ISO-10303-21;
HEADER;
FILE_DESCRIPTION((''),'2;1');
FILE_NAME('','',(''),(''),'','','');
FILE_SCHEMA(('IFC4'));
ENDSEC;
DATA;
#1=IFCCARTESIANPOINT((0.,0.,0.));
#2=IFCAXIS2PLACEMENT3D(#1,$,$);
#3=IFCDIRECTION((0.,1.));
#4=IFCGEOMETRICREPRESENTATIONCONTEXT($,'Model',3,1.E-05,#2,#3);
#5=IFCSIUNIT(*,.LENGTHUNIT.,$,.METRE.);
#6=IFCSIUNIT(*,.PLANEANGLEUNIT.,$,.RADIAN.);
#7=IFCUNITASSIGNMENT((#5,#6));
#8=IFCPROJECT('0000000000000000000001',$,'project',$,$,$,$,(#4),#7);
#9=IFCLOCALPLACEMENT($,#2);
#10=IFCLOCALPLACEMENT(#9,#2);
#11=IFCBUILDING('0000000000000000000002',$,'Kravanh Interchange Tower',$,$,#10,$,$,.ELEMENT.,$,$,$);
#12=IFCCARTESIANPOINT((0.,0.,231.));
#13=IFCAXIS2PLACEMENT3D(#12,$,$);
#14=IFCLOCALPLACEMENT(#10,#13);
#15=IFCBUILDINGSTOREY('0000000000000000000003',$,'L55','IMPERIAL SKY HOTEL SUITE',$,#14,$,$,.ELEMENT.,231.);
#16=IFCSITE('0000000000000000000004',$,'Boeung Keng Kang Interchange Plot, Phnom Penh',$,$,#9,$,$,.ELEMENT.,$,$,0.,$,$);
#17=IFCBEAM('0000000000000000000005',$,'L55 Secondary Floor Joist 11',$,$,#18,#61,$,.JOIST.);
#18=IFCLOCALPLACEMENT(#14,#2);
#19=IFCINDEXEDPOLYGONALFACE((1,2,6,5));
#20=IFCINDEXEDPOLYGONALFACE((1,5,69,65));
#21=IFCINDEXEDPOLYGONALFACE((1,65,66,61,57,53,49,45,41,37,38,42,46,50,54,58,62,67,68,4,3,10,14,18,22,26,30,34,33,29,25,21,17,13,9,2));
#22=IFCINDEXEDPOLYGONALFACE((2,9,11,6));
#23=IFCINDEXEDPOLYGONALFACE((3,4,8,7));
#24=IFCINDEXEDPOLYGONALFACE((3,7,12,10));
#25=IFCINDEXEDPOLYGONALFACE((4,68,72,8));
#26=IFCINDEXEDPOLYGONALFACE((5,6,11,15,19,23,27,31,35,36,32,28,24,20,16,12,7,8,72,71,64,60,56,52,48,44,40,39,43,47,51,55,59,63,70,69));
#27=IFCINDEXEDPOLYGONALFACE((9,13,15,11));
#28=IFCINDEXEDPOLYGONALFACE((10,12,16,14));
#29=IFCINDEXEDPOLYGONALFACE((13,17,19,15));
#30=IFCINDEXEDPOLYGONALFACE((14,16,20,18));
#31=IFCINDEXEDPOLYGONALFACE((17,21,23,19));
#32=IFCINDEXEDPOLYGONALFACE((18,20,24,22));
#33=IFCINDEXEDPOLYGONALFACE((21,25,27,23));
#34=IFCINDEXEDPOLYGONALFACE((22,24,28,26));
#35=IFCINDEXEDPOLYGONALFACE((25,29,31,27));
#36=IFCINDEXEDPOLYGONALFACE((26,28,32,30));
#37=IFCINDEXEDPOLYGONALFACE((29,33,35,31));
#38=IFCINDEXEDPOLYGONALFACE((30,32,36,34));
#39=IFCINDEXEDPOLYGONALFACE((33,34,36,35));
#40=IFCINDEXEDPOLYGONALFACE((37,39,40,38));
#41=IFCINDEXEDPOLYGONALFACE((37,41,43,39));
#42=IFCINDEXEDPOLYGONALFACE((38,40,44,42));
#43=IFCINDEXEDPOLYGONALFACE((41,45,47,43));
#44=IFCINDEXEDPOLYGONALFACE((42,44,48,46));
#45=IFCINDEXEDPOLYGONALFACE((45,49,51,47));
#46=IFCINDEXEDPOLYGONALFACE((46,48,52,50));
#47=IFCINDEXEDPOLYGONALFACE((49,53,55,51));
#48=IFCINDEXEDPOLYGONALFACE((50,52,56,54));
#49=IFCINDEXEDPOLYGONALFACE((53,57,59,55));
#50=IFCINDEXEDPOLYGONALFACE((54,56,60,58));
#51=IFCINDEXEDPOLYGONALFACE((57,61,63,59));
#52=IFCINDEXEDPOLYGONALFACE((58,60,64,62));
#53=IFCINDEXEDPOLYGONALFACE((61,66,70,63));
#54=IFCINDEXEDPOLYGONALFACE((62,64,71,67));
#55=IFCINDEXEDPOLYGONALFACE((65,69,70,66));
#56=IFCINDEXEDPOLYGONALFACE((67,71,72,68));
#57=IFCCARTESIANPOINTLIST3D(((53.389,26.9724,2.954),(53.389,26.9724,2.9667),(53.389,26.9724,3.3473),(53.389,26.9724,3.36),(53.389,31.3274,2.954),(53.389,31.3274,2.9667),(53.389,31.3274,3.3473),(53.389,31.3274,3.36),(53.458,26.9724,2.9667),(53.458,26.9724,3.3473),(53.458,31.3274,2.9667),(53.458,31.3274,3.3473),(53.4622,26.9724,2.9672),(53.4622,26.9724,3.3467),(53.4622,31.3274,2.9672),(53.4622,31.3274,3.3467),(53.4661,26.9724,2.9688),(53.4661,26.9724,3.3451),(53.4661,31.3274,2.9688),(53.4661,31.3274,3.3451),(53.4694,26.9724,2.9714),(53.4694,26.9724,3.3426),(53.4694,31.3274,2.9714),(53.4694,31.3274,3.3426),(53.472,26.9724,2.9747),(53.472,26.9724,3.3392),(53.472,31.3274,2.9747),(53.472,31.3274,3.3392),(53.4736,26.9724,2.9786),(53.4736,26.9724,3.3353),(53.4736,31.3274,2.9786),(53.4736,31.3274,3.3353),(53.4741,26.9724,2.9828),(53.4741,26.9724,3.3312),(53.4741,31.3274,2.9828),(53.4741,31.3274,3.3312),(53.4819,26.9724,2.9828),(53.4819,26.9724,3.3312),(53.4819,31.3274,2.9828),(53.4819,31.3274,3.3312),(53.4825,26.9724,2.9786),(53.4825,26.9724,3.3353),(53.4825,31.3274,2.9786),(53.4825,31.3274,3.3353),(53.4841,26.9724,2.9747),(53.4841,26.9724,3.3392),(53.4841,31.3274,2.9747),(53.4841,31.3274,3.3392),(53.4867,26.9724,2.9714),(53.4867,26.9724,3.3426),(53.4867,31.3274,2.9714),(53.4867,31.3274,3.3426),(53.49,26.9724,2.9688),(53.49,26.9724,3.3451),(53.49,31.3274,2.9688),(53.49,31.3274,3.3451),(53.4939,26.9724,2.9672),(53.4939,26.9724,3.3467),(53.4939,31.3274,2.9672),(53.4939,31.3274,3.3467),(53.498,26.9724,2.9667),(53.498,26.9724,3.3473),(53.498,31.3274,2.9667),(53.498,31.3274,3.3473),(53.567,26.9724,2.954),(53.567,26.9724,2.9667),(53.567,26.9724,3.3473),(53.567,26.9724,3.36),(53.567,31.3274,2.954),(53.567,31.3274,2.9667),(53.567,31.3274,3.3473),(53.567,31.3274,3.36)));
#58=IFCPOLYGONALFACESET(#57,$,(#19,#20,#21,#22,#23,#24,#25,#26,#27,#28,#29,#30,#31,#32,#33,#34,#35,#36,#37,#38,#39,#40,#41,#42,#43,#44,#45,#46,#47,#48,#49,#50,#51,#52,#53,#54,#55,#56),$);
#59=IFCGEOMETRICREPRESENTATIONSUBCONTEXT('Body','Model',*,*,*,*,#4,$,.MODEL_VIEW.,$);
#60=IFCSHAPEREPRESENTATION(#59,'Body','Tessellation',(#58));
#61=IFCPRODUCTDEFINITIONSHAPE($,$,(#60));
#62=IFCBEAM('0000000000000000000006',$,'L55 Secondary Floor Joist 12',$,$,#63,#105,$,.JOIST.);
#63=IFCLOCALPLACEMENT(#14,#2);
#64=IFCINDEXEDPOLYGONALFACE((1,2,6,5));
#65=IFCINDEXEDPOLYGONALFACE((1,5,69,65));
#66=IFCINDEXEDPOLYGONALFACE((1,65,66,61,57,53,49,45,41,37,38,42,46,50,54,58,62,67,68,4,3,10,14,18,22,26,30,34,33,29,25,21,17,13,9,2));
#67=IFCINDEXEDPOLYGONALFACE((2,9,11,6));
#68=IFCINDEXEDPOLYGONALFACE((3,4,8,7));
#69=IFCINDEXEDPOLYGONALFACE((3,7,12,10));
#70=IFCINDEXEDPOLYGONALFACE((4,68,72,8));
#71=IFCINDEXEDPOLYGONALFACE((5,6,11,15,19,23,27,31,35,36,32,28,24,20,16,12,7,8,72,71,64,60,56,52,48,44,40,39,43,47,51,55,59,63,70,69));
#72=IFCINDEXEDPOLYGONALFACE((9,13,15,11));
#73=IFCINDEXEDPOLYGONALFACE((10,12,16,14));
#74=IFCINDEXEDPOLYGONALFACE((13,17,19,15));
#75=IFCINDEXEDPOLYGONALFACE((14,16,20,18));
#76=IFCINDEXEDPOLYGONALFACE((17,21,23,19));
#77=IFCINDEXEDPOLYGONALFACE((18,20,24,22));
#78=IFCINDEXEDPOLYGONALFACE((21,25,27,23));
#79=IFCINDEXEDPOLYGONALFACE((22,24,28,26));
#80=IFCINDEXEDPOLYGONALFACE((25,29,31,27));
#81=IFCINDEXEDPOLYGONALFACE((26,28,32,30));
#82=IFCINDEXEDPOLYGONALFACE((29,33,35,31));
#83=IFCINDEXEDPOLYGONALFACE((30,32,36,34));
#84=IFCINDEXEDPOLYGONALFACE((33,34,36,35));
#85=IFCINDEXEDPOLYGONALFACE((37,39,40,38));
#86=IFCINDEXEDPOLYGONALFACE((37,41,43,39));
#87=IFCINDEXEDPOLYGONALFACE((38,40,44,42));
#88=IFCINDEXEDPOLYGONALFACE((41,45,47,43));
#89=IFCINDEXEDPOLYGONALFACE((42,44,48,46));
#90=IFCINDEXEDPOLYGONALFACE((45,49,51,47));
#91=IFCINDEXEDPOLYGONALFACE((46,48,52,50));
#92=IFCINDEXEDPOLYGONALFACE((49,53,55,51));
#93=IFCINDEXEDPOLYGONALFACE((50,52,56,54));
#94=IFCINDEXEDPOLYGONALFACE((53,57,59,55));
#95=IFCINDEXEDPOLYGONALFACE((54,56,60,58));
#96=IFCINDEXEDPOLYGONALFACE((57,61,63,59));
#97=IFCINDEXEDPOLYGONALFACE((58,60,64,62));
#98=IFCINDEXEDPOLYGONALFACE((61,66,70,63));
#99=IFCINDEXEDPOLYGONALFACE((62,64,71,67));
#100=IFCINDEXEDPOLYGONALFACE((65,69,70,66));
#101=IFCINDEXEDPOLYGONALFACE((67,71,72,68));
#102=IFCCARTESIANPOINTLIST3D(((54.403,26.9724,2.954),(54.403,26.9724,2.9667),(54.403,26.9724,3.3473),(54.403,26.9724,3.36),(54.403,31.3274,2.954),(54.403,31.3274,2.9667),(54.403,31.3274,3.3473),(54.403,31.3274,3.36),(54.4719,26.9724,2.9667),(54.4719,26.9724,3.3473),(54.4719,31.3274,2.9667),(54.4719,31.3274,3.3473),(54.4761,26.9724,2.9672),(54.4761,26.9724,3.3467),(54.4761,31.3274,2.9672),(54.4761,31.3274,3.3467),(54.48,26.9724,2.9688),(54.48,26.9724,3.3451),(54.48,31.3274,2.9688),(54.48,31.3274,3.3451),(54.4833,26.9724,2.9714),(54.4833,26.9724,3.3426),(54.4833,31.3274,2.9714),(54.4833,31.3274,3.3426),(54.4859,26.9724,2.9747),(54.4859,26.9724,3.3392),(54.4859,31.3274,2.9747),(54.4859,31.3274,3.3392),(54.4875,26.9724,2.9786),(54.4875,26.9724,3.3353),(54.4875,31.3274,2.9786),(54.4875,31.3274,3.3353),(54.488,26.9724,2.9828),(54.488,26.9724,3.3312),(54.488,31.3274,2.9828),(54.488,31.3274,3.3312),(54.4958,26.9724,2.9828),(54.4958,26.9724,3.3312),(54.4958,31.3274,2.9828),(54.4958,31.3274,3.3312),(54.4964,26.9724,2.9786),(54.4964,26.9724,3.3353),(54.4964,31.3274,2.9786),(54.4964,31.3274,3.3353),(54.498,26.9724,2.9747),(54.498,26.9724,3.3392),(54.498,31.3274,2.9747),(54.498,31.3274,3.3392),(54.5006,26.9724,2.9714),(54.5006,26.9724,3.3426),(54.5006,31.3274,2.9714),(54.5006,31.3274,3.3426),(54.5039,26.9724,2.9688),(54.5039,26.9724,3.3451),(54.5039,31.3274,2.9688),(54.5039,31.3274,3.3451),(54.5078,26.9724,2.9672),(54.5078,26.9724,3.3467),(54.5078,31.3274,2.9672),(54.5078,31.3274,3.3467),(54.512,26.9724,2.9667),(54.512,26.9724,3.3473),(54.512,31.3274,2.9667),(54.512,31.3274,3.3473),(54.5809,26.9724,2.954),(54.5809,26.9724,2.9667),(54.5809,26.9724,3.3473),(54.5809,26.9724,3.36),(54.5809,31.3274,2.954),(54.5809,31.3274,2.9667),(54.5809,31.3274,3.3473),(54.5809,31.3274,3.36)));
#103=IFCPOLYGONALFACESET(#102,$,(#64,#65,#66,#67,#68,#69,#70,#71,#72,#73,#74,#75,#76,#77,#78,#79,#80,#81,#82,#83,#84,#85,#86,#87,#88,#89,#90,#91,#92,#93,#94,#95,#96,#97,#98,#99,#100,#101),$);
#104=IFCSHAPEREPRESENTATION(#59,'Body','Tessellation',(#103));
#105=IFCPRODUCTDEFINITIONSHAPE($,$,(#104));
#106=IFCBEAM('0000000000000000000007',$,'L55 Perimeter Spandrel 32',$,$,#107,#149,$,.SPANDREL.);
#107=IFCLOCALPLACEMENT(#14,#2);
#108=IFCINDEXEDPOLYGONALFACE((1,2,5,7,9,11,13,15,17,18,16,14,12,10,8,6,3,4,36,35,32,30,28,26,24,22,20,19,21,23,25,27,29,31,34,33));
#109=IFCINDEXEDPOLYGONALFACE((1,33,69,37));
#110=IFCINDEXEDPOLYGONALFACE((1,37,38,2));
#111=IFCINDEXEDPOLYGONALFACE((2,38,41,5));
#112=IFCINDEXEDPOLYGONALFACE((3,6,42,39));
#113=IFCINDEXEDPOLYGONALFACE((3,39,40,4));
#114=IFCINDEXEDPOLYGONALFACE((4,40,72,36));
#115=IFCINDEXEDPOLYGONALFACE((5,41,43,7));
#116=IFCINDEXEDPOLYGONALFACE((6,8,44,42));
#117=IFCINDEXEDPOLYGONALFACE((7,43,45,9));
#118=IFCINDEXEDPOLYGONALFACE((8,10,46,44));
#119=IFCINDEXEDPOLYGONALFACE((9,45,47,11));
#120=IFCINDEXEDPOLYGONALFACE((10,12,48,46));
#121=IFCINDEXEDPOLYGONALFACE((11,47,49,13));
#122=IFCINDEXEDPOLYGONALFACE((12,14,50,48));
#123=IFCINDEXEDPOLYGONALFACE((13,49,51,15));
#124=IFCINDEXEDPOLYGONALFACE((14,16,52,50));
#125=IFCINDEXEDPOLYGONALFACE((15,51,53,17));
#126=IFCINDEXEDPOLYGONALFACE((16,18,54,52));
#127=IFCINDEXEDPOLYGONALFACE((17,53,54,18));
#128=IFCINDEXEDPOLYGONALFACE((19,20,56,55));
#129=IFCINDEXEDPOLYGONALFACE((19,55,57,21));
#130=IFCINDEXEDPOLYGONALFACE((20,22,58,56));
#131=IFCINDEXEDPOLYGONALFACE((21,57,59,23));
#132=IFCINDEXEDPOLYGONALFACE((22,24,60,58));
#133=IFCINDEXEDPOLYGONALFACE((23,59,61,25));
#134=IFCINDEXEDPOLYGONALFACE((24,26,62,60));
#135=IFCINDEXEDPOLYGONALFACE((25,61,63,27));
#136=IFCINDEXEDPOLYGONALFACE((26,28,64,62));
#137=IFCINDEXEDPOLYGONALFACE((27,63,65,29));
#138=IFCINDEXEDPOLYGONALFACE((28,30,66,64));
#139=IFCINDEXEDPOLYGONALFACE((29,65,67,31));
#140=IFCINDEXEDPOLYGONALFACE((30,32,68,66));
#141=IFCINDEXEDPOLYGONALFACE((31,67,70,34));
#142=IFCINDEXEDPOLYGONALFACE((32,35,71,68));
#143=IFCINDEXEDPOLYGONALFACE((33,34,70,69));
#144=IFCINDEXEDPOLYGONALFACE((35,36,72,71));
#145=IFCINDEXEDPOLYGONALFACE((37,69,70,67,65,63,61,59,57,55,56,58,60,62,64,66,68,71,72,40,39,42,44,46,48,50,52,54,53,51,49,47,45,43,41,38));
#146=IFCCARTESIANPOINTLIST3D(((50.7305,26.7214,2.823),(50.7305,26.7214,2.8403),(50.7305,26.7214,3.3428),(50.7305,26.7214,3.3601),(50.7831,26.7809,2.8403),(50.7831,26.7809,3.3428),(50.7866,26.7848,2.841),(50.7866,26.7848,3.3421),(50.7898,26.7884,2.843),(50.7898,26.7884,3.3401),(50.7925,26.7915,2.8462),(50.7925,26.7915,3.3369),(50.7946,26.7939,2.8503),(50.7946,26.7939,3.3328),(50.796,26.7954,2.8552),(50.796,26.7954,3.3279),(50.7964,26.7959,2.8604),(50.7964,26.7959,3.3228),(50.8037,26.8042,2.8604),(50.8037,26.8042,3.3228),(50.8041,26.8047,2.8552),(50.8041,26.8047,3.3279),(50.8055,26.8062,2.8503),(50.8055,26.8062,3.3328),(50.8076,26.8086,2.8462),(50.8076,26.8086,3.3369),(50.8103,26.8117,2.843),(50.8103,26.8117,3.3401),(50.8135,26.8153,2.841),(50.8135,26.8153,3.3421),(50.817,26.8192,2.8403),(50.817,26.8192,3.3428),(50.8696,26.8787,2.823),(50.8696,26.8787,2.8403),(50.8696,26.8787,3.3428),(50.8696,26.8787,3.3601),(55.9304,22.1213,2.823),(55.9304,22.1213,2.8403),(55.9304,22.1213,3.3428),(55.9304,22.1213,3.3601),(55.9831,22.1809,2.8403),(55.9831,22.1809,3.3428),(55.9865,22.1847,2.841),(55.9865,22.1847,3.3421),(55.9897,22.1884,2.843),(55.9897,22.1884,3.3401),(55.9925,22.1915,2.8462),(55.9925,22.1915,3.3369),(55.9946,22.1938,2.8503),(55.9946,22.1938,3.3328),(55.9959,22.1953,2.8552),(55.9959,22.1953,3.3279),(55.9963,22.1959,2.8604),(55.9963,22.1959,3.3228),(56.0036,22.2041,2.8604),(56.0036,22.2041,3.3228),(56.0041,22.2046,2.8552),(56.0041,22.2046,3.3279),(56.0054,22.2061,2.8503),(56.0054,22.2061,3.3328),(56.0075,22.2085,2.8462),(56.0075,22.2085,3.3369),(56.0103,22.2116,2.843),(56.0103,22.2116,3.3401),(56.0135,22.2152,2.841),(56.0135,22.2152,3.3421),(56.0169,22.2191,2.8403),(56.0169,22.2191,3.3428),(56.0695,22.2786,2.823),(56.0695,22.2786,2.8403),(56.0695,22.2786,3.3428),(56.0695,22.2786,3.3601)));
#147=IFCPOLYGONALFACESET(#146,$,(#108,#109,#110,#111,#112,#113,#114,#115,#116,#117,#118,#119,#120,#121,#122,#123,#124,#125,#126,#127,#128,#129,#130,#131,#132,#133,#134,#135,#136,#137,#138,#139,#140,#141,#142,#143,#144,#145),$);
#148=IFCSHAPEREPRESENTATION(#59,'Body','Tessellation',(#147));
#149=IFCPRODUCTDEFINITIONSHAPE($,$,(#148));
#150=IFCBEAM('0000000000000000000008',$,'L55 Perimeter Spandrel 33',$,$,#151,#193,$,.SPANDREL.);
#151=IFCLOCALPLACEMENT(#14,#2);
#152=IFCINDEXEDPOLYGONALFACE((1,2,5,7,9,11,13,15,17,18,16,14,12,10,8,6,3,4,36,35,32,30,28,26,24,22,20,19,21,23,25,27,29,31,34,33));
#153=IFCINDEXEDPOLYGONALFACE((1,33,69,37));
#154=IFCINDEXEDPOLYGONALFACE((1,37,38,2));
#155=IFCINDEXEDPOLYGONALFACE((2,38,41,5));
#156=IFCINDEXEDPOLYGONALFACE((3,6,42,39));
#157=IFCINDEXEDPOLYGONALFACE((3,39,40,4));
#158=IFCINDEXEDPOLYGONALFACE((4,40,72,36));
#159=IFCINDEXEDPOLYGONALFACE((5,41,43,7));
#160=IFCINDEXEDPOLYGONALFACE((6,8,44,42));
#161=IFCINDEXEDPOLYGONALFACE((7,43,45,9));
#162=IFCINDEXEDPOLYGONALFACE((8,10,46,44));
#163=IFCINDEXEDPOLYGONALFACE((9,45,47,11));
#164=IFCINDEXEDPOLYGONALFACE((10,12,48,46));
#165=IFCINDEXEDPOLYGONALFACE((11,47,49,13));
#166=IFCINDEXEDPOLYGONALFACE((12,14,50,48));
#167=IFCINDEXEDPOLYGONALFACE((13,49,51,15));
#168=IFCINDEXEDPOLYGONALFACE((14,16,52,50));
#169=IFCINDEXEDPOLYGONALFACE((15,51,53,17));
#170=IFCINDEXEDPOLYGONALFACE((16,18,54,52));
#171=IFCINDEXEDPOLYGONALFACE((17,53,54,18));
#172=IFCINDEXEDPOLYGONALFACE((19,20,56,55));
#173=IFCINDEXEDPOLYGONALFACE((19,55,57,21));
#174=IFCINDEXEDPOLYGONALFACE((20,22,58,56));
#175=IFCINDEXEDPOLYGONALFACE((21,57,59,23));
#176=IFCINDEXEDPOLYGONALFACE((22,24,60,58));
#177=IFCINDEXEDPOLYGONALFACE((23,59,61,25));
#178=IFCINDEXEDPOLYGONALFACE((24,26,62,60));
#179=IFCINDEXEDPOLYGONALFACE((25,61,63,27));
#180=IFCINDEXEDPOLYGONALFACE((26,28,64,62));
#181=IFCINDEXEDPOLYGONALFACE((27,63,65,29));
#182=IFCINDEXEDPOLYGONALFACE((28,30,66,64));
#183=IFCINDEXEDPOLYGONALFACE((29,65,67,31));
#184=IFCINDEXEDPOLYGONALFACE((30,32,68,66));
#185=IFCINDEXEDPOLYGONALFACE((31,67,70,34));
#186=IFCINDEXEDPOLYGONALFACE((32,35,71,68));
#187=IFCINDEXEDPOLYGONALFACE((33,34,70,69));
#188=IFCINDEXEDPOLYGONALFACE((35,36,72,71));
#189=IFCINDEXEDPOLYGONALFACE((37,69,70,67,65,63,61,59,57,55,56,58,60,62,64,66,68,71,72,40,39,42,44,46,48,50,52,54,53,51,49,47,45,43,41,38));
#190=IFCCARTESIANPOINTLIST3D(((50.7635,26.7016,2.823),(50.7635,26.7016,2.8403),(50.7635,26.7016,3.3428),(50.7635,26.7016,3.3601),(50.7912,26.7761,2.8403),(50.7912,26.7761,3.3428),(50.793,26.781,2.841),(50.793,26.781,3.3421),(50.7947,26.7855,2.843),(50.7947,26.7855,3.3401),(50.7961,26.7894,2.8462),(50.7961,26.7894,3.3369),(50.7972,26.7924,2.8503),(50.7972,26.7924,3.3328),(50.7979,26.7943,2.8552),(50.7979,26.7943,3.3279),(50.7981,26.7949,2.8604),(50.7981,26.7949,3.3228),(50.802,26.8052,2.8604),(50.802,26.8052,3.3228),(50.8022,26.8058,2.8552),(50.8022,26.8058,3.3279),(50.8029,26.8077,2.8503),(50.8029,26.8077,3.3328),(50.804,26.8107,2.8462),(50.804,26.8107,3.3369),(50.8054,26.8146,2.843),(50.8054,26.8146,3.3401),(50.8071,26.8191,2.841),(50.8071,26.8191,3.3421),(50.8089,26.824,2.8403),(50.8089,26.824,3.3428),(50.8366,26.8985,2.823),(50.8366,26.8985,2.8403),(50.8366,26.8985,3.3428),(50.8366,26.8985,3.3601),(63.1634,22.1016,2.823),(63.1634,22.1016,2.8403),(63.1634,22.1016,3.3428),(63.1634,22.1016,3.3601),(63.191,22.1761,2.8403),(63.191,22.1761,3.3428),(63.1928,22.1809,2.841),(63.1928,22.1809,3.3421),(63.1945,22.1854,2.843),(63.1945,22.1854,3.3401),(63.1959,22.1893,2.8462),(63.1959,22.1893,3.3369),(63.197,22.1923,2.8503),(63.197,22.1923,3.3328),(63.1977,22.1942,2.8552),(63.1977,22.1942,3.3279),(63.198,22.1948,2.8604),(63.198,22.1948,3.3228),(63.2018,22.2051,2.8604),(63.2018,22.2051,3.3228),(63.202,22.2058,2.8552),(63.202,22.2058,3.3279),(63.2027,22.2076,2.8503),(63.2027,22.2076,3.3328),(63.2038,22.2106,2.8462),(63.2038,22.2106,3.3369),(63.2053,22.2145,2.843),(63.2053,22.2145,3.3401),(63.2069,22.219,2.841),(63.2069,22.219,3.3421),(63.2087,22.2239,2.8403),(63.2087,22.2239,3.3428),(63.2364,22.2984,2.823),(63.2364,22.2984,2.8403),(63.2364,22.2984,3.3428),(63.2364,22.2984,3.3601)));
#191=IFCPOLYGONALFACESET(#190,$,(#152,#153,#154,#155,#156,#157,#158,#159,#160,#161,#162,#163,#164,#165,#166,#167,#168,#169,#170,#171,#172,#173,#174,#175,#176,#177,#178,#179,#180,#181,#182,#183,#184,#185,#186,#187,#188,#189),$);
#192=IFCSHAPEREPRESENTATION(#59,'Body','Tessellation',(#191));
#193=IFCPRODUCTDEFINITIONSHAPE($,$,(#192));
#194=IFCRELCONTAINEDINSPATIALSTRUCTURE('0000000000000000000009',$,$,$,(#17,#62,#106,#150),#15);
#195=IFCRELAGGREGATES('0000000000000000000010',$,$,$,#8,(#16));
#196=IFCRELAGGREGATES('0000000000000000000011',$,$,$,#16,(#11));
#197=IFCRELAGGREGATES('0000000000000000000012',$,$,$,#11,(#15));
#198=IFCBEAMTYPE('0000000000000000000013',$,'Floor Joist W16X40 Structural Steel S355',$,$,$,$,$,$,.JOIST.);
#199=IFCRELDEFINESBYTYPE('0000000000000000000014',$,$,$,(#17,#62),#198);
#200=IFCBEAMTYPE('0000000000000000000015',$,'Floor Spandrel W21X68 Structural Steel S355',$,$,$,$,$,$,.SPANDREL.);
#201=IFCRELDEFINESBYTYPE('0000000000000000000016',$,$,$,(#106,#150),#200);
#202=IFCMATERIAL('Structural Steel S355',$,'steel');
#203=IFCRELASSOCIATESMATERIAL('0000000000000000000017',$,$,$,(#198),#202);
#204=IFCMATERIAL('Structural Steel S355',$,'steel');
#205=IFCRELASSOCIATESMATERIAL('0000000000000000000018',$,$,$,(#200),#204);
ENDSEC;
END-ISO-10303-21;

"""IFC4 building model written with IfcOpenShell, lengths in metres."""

from ifc_helpers import new_model, si_unit, direction, frame, origin, origin_2d, place, context, subcontext, project, spatial, i_section, extrude, material, material_profile, profile_set, type_object, element, save


model = new_model("IFC4")

# Units and contexts
model_context = context("Model", 3, precision=1e-05, world=origin(), true_north=direction((0.0, 1.0)))
body_context = subcontext(model_context, "Body", "Model", "MODEL_VIEW")
ifc_project = project(units=[si_unit("LENGTHUNIT", "METRE"), si_unit("PLANEANGLEUNIT", "RADIAN")], contexts=[model_context])

# Site, building, storey
site_placement = place(None, origin())
site = spatial("IfcSite", under=ifc_project, at=site_placement, Name="Boeung Keng Kang Interchange Plot, Phnom Penh", CompositionType="ELEMENT", RefElevation=0.0)
building_placement = place(site_placement, origin())
building = spatial("IfcBuilding", under=site, at=building_placement, Name="Kravanh Interchange Tower", CompositionType="ELEMENT")
storey_placement = place(building_placement, frame((0.0, 0.0, 231.0)))
storey = spatial("IfcBuildingStorey", under=building, at=storey_placement, Name="L55", Description="IMPERIAL SKY HOTEL SUITE", CompositionType="ELEMENT", Elevation=231.0)

# Beams
ifc_material_1 = material(Name="Structural Steel S355", Category="steel")
ifc_material_profile_1 = material_profile(ifc_material_1, i_section(OverallWidth=0.178, OverallDepth=0.406, WebThickness=0.0078, FlangeThickness=0.0127, FilletRadius=0.0161, at=origin_2d()), Name="W16X40")
ifc_profile_set_1 = profile_set([ifc_material_profile_1], Name="Structural Steel S355")
beam_type_1 = type_object("IfcBeamType", Name="Floor Joist W16X40 Structural Steel S355", PredefinedType="JOIST", material=ifc_profile_set_1)
for number, where, z_axis, x_axis, name in (
    (1, (53.478, 26.9724, 3.157), (0.0, 1.0, 0.0), (-1.0, 0.0, 0.0), "L55 Secondary Floor Joist 11"),
    (2, (54.4919, 26.9724, 3.157), (0.0, 1.0, 0.0), (-1.0, 0.0, 0.0), "L55 Secondary Floor Joist 12"),
):
    element("IfcBeam", number, at=place(storey_placement, frame(where, z_axis=z_axis, x_axis=x_axis)), inside=storey, type_object=beam_type_1, Name=name, PredefinedType="JOIST", context=body_context, shape_type="SweptSolid", body=[
        extrude(i_section(OverallWidth=0.178, OverallDepth=0.406, WebThickness=0.0078, FlangeThickness=0.0127, FilletRadius=0.0161, at=origin_2d()), origin(), (0.0, 0.0, 1.0), 4.355),
    ])
ifc_material_2 = material(Name="Structural Steel S355", Category="steel")
ifc_material_profile_2 = material_profile(ifc_material_2, i_section(OverallWidth=0.21, OverallDepth=0.5371, WebThickness=0.011, FlangeThickness=0.0173, FilletRadius=0.02, at=origin_2d()), Name="W21X68")
ifc_profile_set_2 = profile_set([ifc_material_profile_2], Name="Structural Steel S355")
beam_type_2 = type_object("IfcBeamType", Name="Floor Spandrel W21X68 Structural Steel S355", PredefinedType="SPANDREL", material=ifc_profile_set_2)
beam_1_placement = place(storey_placement, frame((50.8, 26.8, 3.0916), z_axis=(0.748986, -0.662585, 0.0), x_axis=(0.662585, 0.748986, 0.0)))
element("IfcBeam", 3, at=beam_1_placement, inside=storey, type_object=beam_type_2, Name="L55 Perimeter Spandrel 32", PredefinedType="SPANDREL", context=body_context, shape_type="SweptSolid", body=[
    extrude(i_section(OverallWidth=0.21, OverallDepth=0.5371, WebThickness=0.011, FlangeThickness=0.0173, FilletRadius=0.02, at=origin_2d()), origin(), (0.0, 0.0, 1.0), 6.9426),
])
beam_2_placement = place(storey_placement, frame((50.8, 26.8, 3.0916), z_axis=(0.937563, -0.347816, 0.0), x_axis=(0.347816, 0.937563, 0.0)))
element("IfcBeam", 4, at=beam_2_placement, inside=storey, type_object=beam_type_2, Name="L55 Perimeter Spandrel 33", PredefinedType="SPANDREL", context=body_context, shape_type="SweptSolid", body=[
    extrude(i_section(OverallWidth=0.21, OverallDepth=0.5371, WebThickness=0.011, FlangeThickness=0.0173, FilletRadius=0.02, at=origin_2d()), origin(), (0.0, 0.0, 1.0), 13.2256),
])

save(model, "model.ifc")
